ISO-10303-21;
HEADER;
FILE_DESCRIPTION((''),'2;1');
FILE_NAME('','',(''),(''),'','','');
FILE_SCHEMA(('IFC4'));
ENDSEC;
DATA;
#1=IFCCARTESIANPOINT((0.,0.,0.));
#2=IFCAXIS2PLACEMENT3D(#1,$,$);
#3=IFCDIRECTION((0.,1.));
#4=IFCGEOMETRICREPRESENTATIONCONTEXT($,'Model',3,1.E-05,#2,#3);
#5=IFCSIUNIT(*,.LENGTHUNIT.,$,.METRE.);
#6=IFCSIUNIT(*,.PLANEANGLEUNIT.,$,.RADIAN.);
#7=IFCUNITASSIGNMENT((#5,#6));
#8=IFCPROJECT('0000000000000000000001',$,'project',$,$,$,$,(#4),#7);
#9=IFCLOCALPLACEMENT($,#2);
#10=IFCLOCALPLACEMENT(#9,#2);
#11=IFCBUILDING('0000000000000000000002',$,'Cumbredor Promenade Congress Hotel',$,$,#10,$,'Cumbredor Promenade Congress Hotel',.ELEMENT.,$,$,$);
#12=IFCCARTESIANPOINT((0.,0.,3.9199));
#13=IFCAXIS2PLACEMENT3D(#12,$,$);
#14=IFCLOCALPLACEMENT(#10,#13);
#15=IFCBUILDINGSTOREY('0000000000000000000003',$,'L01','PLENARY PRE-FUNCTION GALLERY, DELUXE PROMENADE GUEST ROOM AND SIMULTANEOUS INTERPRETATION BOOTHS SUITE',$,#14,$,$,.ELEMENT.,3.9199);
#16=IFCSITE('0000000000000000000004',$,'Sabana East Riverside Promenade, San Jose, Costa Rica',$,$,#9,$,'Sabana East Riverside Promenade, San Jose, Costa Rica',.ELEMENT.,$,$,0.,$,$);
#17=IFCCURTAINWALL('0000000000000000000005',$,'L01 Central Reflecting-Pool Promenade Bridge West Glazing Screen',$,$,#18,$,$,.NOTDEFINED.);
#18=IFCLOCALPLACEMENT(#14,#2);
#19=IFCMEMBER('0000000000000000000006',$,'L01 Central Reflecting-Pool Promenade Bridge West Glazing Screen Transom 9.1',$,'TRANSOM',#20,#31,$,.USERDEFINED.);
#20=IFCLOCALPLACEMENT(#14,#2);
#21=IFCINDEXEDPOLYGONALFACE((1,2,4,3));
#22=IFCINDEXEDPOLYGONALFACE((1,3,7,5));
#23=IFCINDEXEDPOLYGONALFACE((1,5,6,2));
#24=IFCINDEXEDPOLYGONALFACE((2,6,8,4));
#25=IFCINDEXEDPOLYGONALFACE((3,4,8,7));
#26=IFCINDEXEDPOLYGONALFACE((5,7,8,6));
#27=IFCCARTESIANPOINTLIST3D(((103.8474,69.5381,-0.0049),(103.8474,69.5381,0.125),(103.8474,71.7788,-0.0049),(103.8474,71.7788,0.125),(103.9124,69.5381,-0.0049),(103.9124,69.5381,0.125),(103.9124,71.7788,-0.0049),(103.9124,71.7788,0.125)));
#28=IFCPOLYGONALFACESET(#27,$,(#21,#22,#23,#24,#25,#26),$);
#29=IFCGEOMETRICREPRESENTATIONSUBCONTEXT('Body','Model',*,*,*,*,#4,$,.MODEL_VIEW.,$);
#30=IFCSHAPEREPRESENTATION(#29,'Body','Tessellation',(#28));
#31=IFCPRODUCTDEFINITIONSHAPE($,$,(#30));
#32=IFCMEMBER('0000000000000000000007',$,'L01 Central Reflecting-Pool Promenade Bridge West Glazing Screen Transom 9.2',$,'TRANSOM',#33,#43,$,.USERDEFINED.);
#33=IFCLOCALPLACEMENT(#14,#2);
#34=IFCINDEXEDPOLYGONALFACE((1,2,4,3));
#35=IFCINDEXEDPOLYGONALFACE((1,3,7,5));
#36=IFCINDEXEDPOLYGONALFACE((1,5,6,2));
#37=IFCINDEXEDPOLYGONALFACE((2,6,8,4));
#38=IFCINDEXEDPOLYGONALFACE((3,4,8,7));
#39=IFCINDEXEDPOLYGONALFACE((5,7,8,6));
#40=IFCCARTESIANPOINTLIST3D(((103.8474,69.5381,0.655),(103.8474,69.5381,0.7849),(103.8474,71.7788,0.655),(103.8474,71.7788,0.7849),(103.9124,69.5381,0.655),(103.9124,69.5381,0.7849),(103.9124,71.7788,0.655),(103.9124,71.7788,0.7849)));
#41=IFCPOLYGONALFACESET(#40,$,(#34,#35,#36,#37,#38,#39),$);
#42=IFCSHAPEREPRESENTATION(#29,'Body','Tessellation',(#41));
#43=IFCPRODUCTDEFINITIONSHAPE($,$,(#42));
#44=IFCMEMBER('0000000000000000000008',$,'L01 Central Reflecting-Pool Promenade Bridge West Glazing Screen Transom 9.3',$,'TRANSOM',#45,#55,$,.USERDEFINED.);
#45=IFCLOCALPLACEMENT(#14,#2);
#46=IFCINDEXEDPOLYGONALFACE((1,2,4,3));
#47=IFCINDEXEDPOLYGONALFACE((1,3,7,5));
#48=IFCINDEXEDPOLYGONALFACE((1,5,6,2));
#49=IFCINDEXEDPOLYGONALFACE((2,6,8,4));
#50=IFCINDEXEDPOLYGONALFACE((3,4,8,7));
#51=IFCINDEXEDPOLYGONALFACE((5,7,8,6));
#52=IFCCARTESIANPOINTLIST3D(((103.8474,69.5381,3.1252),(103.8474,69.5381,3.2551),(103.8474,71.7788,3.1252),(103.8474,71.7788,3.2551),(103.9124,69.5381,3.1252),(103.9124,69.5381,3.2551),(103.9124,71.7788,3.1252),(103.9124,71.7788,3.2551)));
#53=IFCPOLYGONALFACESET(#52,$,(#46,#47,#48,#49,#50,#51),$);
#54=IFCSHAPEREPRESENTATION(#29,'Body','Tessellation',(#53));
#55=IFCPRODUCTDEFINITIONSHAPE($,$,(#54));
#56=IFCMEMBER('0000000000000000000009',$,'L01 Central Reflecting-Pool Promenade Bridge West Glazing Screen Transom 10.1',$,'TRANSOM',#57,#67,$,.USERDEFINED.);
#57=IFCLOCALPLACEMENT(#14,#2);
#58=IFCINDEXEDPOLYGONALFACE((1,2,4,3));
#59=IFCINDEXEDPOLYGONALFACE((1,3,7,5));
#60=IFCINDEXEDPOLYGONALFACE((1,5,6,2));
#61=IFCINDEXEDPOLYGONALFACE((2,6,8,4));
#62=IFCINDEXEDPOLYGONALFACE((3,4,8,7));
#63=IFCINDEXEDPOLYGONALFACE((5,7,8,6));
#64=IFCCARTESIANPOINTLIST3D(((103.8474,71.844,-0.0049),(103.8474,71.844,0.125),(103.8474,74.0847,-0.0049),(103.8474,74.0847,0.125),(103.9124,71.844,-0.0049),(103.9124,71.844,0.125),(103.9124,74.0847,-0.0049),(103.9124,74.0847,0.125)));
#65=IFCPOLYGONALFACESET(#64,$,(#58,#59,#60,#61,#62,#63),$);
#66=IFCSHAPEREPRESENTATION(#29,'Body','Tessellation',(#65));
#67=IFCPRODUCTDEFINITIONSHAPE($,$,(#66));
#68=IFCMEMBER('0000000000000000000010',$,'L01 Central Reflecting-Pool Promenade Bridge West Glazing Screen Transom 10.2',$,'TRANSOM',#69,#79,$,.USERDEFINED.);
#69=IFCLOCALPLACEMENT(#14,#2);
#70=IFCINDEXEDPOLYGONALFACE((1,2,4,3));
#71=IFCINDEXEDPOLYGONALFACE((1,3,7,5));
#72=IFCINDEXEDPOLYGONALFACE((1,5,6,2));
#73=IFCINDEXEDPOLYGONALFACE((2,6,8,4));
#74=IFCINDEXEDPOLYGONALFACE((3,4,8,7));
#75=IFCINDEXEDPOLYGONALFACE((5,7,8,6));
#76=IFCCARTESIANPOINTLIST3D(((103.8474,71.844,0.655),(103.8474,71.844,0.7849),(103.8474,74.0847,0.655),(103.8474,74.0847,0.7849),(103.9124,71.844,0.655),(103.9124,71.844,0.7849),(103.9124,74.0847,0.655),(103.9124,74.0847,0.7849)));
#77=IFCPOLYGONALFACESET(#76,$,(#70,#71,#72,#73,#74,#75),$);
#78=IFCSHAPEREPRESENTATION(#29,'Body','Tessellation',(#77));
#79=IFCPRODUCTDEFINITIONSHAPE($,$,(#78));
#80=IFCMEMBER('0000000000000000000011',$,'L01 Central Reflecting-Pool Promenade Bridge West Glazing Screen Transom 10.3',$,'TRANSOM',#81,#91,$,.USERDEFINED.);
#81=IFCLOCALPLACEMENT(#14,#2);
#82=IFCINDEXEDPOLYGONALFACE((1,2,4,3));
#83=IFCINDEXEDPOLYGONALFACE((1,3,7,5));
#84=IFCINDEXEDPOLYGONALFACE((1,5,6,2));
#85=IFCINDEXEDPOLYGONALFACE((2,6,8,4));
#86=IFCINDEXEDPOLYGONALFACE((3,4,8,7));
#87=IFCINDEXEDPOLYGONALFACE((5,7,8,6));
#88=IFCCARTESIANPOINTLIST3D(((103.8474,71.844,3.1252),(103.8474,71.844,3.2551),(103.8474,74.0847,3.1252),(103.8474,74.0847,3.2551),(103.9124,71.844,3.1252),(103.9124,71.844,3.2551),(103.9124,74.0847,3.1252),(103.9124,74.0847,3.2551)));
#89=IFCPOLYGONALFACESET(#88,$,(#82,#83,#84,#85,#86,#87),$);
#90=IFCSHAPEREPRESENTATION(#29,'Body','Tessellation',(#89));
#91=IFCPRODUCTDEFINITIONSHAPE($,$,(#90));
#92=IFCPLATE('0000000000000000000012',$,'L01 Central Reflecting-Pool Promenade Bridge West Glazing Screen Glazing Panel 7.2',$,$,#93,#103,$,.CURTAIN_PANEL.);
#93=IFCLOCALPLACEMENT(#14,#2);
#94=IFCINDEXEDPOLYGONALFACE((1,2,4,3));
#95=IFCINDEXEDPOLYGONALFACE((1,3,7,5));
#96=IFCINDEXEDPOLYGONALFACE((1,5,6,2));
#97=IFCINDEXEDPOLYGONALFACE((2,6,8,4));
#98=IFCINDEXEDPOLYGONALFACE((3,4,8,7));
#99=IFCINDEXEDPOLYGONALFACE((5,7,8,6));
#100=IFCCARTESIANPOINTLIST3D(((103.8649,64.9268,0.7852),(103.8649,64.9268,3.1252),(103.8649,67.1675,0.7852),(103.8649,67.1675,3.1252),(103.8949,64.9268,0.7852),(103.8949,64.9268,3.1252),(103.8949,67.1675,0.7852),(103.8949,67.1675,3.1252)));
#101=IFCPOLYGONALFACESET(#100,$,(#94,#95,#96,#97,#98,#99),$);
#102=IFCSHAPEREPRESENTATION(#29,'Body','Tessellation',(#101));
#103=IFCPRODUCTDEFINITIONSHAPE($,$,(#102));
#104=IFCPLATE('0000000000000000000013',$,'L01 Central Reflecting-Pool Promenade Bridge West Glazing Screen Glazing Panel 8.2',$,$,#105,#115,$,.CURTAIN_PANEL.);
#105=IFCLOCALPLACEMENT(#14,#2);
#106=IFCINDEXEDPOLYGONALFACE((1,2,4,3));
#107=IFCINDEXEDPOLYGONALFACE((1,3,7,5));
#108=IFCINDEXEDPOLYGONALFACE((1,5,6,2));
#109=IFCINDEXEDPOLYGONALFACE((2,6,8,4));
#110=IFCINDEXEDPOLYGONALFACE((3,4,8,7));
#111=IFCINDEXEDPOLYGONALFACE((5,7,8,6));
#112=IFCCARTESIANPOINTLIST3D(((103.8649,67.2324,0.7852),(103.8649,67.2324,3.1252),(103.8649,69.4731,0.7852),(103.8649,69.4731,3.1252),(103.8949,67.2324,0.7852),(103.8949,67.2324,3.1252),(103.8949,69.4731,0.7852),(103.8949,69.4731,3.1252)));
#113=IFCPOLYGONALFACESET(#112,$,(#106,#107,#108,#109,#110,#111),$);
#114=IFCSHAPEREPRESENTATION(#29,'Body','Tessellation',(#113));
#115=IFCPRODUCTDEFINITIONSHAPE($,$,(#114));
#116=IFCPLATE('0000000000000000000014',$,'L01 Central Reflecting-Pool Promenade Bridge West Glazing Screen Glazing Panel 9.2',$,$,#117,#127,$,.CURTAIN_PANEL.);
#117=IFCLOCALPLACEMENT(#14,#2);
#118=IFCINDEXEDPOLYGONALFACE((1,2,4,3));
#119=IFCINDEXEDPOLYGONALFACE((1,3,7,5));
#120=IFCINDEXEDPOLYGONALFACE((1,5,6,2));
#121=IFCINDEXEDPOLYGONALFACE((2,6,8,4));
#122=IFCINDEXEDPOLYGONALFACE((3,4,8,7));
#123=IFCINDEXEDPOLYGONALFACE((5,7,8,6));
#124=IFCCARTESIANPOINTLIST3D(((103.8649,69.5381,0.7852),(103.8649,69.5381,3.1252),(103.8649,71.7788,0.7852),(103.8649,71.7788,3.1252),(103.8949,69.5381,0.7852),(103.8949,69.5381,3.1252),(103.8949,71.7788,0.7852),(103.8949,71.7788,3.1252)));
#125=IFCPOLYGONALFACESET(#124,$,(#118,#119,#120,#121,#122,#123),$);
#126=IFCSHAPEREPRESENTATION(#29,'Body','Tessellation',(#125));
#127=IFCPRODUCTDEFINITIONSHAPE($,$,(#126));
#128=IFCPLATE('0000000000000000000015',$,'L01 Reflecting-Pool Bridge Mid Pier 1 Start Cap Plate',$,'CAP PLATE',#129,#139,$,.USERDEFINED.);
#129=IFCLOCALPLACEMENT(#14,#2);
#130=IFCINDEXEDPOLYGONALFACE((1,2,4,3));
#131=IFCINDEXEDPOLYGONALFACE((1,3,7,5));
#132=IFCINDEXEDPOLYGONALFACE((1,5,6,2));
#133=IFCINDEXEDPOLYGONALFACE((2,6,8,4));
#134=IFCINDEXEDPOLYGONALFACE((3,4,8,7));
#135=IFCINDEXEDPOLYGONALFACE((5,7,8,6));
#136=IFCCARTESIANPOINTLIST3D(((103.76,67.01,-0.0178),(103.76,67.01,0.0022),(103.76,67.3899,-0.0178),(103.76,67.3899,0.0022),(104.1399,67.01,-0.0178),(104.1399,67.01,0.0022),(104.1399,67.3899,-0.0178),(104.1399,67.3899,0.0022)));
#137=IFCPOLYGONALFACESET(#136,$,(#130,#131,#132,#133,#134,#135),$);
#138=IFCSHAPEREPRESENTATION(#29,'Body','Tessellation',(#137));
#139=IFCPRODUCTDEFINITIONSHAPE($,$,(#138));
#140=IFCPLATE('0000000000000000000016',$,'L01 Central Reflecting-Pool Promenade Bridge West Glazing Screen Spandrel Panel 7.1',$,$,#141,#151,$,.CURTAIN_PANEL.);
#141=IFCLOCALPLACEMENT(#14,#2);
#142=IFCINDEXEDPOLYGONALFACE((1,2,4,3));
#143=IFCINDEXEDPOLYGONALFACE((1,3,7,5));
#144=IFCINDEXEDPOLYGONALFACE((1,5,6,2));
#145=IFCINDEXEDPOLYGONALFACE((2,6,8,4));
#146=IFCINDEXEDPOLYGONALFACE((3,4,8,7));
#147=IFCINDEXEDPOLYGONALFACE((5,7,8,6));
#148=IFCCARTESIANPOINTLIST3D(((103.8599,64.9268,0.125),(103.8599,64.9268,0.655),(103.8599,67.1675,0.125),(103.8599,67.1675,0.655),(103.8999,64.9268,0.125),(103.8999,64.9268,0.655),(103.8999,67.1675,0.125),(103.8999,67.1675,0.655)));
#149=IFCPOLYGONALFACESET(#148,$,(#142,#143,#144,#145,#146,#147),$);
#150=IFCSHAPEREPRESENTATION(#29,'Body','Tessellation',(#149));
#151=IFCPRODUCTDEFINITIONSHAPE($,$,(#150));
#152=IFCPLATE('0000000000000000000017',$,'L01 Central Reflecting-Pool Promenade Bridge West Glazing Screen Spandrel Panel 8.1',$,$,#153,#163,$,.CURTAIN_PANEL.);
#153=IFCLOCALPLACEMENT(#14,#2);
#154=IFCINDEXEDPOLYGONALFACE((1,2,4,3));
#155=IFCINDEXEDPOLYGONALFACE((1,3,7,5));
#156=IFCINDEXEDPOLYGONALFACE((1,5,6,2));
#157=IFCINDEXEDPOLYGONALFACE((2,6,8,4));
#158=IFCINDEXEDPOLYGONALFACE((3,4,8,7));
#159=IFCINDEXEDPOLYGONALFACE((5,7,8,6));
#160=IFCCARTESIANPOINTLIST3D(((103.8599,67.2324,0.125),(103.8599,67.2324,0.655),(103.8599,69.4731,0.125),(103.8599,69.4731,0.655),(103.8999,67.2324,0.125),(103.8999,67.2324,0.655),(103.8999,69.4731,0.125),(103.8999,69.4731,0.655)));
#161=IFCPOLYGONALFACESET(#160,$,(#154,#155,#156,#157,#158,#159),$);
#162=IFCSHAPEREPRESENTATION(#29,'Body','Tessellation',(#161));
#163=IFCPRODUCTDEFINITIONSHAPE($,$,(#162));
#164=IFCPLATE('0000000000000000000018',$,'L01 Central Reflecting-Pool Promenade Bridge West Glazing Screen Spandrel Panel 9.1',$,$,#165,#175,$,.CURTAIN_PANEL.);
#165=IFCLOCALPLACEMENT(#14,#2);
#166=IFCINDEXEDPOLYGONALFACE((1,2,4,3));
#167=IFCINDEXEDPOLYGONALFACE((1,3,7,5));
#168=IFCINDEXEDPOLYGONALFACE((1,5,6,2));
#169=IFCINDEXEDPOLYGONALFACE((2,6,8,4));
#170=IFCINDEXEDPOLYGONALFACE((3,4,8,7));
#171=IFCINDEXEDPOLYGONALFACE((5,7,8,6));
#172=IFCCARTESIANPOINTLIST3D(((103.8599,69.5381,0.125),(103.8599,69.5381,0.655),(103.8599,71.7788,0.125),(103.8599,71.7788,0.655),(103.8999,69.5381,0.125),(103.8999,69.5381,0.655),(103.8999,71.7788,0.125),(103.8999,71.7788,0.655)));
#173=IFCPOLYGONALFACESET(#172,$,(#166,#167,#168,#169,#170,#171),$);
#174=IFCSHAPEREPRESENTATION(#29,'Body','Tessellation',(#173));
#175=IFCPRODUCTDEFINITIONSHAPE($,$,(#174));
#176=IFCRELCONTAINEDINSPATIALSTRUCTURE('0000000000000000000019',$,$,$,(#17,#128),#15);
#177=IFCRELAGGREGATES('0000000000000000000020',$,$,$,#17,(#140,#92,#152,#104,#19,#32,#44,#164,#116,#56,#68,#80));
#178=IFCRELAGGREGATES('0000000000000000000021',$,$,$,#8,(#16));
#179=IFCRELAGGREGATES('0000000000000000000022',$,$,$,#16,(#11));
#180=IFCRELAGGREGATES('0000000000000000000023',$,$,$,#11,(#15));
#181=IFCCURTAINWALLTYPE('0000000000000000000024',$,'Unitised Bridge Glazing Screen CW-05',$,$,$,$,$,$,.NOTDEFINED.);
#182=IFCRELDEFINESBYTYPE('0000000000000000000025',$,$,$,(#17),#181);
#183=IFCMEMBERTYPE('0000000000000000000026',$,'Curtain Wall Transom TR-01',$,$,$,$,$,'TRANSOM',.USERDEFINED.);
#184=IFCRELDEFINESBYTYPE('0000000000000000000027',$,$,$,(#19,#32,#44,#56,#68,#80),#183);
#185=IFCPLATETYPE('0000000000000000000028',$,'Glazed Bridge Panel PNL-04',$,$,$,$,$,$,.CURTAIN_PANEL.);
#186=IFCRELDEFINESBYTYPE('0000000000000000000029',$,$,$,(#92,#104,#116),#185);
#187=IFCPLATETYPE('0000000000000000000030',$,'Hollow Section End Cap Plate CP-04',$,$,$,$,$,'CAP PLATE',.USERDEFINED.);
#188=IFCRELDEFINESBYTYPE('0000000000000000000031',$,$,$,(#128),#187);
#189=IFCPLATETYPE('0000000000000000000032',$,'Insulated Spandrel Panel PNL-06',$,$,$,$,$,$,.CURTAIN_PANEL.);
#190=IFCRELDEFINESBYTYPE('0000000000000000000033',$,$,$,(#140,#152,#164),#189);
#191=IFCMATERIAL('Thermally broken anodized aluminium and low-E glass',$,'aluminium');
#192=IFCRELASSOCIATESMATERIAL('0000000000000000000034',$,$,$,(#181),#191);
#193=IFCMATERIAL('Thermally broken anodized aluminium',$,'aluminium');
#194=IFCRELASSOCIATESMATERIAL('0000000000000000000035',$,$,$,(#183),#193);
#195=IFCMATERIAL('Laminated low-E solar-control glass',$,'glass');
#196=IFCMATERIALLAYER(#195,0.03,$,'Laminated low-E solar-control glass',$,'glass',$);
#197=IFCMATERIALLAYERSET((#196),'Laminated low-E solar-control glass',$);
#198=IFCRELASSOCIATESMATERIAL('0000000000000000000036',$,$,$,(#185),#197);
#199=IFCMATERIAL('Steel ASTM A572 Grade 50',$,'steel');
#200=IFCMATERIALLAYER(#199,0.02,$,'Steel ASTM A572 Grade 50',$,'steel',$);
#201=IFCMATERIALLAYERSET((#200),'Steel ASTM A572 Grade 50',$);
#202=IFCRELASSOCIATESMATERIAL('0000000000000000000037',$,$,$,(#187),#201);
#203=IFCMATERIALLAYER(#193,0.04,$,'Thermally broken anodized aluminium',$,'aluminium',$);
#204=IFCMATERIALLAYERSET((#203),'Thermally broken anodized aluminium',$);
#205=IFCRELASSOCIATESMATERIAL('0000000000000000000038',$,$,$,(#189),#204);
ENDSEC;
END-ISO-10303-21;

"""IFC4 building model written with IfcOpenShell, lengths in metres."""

from ifc_helpers import new_model, si_unit, direction, frame, origin, origin_2d, place, context, subcontext, project, spatial, rectangle, extrude, material, layer, layer_set, material_profile, profile_set, type_object, element, aggregate, save


model = new_model("IFC4")

# Units and contexts
model_context = context("Model", 3, precision=1e-05, world=origin(), true_north=direction((0.0, 1.0)))
body_context = subcontext(model_context, "Body", "Model", "MODEL_VIEW")
ifc_project = project(units=[si_unit("LENGTHUNIT", "METRE"), si_unit("PLANEANGLEUNIT", "RADIAN")], contexts=[model_context])

# Site, building, storey
site_placement = place(None, origin())
site = spatial("IfcSite", under=ifc_project, at=site_placement, Name="Sabana East Riverside Promenade, San Jose, Costa Rica", LongName="Sabana East Riverside Promenade, San Jose, Costa Rica", CompositionType="ELEMENT", RefElevation=0.0)
building_placement = place(site_placement, origin())
building = spatial("IfcBuilding", under=site, at=building_placement, Name="Cumbredor Promenade Congress Hotel", LongName="Cumbredor Promenade Congress Hotel", CompositionType="ELEMENT")
storey_placement = place(building_placement, frame((0.0, 0.0, 3.9199)))
storey = spatial("IfcBuildingStorey", under=building, at=storey_placement, Name="L01", Description="PLENARY PRE-FUNCTION GALLERY, DELUXE PROMENADE GUEST ROOM AND SIMULTANEOUS INTERPRETATION BOOTHS SUITE", CompositionType="ELEMENT", Elevation=3.9199)

# Curtain wall, members, plates
ifc_material_1 = material(Name="Thermally broken anodized aluminium and low-E glass", Category="aluminium")
curtain_wall_type = type_object("IfcCurtainWallType", Name="Unitised Bridge Glazing Screen CW-05", PredefinedType="NOTDEFINED", material=ifc_material_1)
curtain_wall_placement = place(storey_placement, origin())
curtain_wall = element("IfcCurtainWall", 1, at=curtain_wall_placement, inside=storey, type_object=curtain_wall_type, Name="L01 Central Reflecting-Pool Promenade Bridge West Glazing Screen", PredefinedType="NOTDEFINED")
ifc_material_2 = material(Name="Thermally broken anodized aluminium", Category="aluminium")
ifc_material_profile_1 = material_profile(ifc_material_2, rectangle(XDim=0.0649, YDim=0.1299, at=origin_2d()), Name="ALU TRANSOM 65x130")
ifc_profile_set_1 = profile_set([ifc_material_profile_1], Name="Thermally broken anodized aluminium")
member_type_1 = type_object("IfcMemberType", Name="Curtain Wall Transom TR-01", ElementType="TRANSOM", PredefinedType="USERDEFINED", material=ifc_profile_set_1)
member_1_placement = place(storey_placement, frame((103.8799, 69.5381, 0.0601), z_axis=(0.0, 1.0, 0.0), x_axis=(-1.0, 0.0, 0.0)))
member_1 = element("IfcMember", 2, at=member_1_placement, type_object=member_type_1, Name="L01 Central Reflecting-Pool Promenade Bridge West Glazing Screen Transom 9.1", ObjectType="TRANSOM", PredefinedType="USERDEFINED", context=body_context, shape_type="SweptSolid", body=[
    extrude(rectangle(XDim=0.0649, YDim=0.1299, at=origin_2d()), origin(), (0.0, 0.0, 1.0), 2.2407),
])
member_2_placement = place(storey_placement, frame((103.8799, 69.5381, 0.72), z_axis=(0.0, 1.0, 0.0), x_axis=(-1.0, 0.0, 0.0)))
member_2 = element("IfcMember", 3, at=member_2_placement, type_object=member_type_1, Name="L01 Central Reflecting-Pool Promenade Bridge West Glazing Screen Transom 9.2", ObjectType="TRANSOM", PredefinedType="USERDEFINED", context=body_context, shape_type="SweptSolid", body=[
    extrude(rectangle(XDim=0.0649, YDim=0.1299, at=origin_2d()), origin(), (0.0, 0.0, 1.0), 2.2407),
])
member_3_placement = place(storey_placement, frame((103.8799, 69.5381, 3.1902), z_axis=(0.0, 1.0, 0.0), x_axis=(-1.0, 0.0, 0.0)))
member_3 = element("IfcMember", 4, at=member_3_placement, type_object=member_type_1, Name="L01 Central Reflecting-Pool Promenade Bridge West Glazing Screen Transom 9.3", ObjectType="TRANSOM", PredefinedType="USERDEFINED", context=body_context, shape_type="SweptSolid", body=[
    extrude(rectangle(XDim=0.0649, YDim=0.1299, at=origin_2d()), origin(), (0.0, 0.0, 1.0), 2.2407),
])
member_4_placement = place(storey_placement, frame((103.8799, 71.844, 0.0601), z_axis=(0.0, 1.0, 0.0), x_axis=(-1.0, 0.0, 0.0)))
member_4 = element("IfcMember", 5, at=member_4_placement, type_object=member_type_1, Name="L01 Central Reflecting-Pool Promenade Bridge West Glazing Screen Transom 10.1", ObjectType="TRANSOM", PredefinedType="USERDEFINED", context=body_context, shape_type="SweptSolid", body=[
    extrude(rectangle(XDim=0.0649, YDim=0.1299, at=origin_2d()), origin(), (0.0, 0.0, 1.0), 2.2407),
])
member_5_placement = place(storey_placement, frame((103.8799, 71.844, 0.72), z_axis=(0.0, 1.0, 0.0), x_axis=(-1.0, 0.0, 0.0)))
member_5 = element("IfcMember", 6, at=member_5_placement, type_object=member_type_1, Name="L01 Central Reflecting-Pool Promenade Bridge West Glazing Screen Transom 10.2", ObjectType="TRANSOM", PredefinedType="USERDEFINED", context=body_context, shape_type="SweptSolid", body=[
    extrude(rectangle(XDim=0.0649, YDim=0.1299, at=origin_2d()), origin(), (0.0, 0.0, 1.0), 2.2407),
])
member_6_placement = place(storey_placement, frame((103.8799, 71.844, 3.1902), z_axis=(0.0, 1.0, 0.0), x_axis=(-1.0, 0.0, 0.0)))
member_6 = element("IfcMember", 7, at=member_6_placement, type_object=member_type_1, Name="L01 Central Reflecting-Pool Promenade Bridge West Glazing Screen Transom 10.3", ObjectType="TRANSOM", PredefinedType="USERDEFINED", context=body_context, shape_type="SweptSolid", body=[
    extrude(rectangle(XDim=0.0649, YDim=0.1299, at=origin_2d()), origin(), (0.0, 0.0, 1.0), 2.2407),
])
ifc_material_3 = material(Name="Laminated low-E solar-control glass", Category="glass")
ifc_layer_1 = layer(ifc_material_3, 0.03, Name="Laminated low-E solar-control glass", Category="glass")
ifc_layer_set_1 = layer_set([ifc_layer_1], Name="Laminated low-E solar-control glass")
plate_type_1 = type_object("IfcPlateType", Name="Glazed Bridge Panel PNL-04", PredefinedType="CURTAIN_PANEL", material=ifc_layer_set_1)
plate_1_placement = place(storey_placement, frame((103.8799, 66.0471, 0.7852), z_axis=(0.0, 0.0, 1.0), x_axis=(0.0, 1.0, 0.0)))
plate_1 = element("IfcPlate", 8, at=plate_1_placement, type_object=plate_type_1, Name="L01 Central Reflecting-Pool Promenade Bridge West Glazing Screen Glazing Panel 7.2", PredefinedType="CURTAIN_PANEL", context=body_context, shape_type="SweptSolid", body=[
    extrude(rectangle(XDim=2.2407, YDim=0.03, at=origin_2d()), origin(), (0.0, 0.0, 1.0), 2.3401),
])
plate_2_placement = place(storey_placement, frame((103.8799, 68.3528, 0.7852), z_axis=(0.0, 0.0, 1.0), x_axis=(0.0, 1.0, 0.0)))
plate_2 = element("IfcPlate", 9, at=plate_2_placement, type_object=plate_type_1, Name="L01 Central Reflecting-Pool Promenade Bridge West Glazing Screen Glazing Panel 8.2", PredefinedType="CURTAIN_PANEL", context=body_context, shape_type="SweptSolid", body=[
    extrude(rectangle(XDim=2.2407, YDim=0.03, at=origin_2d()), origin(), (0.0, 0.0, 1.0), 2.3401),
])
plate_3_placement = place(storey_placement, frame((103.8799, 70.6584, 0.7852), z_axis=(0.0, 0.0, 1.0), x_axis=(0.0, 1.0, 0.0)))
plate_3 = element("IfcPlate", 10, at=plate_3_placement, type_object=plate_type_1, Name="L01 Central Reflecting-Pool Promenade Bridge West Glazing Screen Glazing Panel 9.2", PredefinedType="CURTAIN_PANEL", context=body_context, shape_type="SweptSolid", body=[
    extrude(rectangle(XDim=2.2407, YDim=0.03, at=origin_2d()), origin(), (0.0, 0.0, 1.0), 2.3401),
])

# Plates
ifc_material_4 = material(Name="Steel ASTM A572 Grade 50", Category="steel")
ifc_layer_2 = layer(ifc_material_4, 0.02, Name="Steel ASTM A572 Grade 50", Category="steel")
ifc_layer_set_2 = layer_set([ifc_layer_2], Name="Steel ASTM A572 Grade 50")
plate_type_2 = type_object("IfcPlateType", Name="Hollow Section End Cap Plate CP-04", ElementType="CAP PLATE", PredefinedType="USERDEFINED", material=ifc_layer_set_2)
plate_4_placement = place(storey_placement, frame((103.95, 67.2, -0.0178), z_axis=(0.0, 0.0, 1.0), x_axis=(1.0, 0.0, 0.0)))
element("IfcPlate", 11, at=plate_4_placement, inside=storey, type_object=plate_type_2, Name="L01 Reflecting-Pool Bridge Mid Pier 1 Start Cap Plate", ObjectType="CAP PLATE", PredefinedType="USERDEFINED", context=body_context, shape_type="SweptSolid", body=[
    extrude(rectangle(XDim=0.3799, YDim=0.3799, at=origin_2d()), origin(), (0.0, 0.0, 1.0), 0.02),
])
ifc_layer_3 = layer(ifc_material_2, 0.04, Name="Thermally broken anodized aluminium", Category="aluminium")
ifc_layer_set_3 = layer_set([ifc_layer_3], Name="Thermally broken anodized aluminium")
plate_type_3 = type_object("IfcPlateType", Name="Insulated Spandrel Panel PNL-06", PredefinedType="CURTAIN_PANEL", material=ifc_layer_set_3)
plate_5_placement = place(storey_placement, frame((103.8799, 66.0471, 0.125), z_axis=(0.0, 0.0, 1.0), x_axis=(0.0, 1.0, 0.0)))
plate_5 = element("IfcPlate", 12, at=plate_5_placement, type_object=plate_type_3, Name="L01 Central Reflecting-Pool Promenade Bridge West Glazing Screen Spandrel Panel 7.1", PredefinedType="CURTAIN_PANEL", context=body_context, shape_type="SweptSolid", body=[
    extrude(rectangle(XDim=2.2407, YDim=0.04, at=origin_2d()), origin(), (0.0, 0.0, 1.0), 0.53),
])
plate_6_placement = place(storey_placement, frame((103.8799, 68.3528, 0.125), z_axis=(0.0, 0.0, 1.0), x_axis=(0.0, 1.0, 0.0)))
plate_6 = element("IfcPlate", 13, at=plate_6_placement, type_object=plate_type_3, Name="L01 Central Reflecting-Pool Promenade Bridge West Glazing Screen Spandrel Panel 8.1", PredefinedType="CURTAIN_PANEL", context=body_context, shape_type="SweptSolid", body=[
    extrude(rectangle(XDim=2.2407, YDim=0.04, at=origin_2d()), origin(), (0.0, 0.0, 1.0), 0.53),
])
plate_7_placement = place(storey_placement, frame((103.8799, 70.6584, 0.125), z_axis=(0.0, 0.0, 1.0), x_axis=(0.0, 1.0, 0.0)))
plate_7 = element("IfcPlate", 14, at=plate_7_placement, type_object=plate_type_3, Name="L01 Central Reflecting-Pool Promenade Bridge West Glazing Screen Spandrel Panel 9.1", PredefinedType="CURTAIN_PANEL", context=body_context, shape_type="SweptSolid", body=[
    extrude(rectangle(XDim=2.2407, YDim=0.04, at=origin_2d()), origin(), (0.0, 0.0, 1.0), 0.53),
])
aggregate(curtain_wall, [plate_5, plate_1, plate_6, plate_2, member_1, member_2, member_3, plate_7, plate_3, member_4, member_5, member_6])

save(model, "model.ifc")
